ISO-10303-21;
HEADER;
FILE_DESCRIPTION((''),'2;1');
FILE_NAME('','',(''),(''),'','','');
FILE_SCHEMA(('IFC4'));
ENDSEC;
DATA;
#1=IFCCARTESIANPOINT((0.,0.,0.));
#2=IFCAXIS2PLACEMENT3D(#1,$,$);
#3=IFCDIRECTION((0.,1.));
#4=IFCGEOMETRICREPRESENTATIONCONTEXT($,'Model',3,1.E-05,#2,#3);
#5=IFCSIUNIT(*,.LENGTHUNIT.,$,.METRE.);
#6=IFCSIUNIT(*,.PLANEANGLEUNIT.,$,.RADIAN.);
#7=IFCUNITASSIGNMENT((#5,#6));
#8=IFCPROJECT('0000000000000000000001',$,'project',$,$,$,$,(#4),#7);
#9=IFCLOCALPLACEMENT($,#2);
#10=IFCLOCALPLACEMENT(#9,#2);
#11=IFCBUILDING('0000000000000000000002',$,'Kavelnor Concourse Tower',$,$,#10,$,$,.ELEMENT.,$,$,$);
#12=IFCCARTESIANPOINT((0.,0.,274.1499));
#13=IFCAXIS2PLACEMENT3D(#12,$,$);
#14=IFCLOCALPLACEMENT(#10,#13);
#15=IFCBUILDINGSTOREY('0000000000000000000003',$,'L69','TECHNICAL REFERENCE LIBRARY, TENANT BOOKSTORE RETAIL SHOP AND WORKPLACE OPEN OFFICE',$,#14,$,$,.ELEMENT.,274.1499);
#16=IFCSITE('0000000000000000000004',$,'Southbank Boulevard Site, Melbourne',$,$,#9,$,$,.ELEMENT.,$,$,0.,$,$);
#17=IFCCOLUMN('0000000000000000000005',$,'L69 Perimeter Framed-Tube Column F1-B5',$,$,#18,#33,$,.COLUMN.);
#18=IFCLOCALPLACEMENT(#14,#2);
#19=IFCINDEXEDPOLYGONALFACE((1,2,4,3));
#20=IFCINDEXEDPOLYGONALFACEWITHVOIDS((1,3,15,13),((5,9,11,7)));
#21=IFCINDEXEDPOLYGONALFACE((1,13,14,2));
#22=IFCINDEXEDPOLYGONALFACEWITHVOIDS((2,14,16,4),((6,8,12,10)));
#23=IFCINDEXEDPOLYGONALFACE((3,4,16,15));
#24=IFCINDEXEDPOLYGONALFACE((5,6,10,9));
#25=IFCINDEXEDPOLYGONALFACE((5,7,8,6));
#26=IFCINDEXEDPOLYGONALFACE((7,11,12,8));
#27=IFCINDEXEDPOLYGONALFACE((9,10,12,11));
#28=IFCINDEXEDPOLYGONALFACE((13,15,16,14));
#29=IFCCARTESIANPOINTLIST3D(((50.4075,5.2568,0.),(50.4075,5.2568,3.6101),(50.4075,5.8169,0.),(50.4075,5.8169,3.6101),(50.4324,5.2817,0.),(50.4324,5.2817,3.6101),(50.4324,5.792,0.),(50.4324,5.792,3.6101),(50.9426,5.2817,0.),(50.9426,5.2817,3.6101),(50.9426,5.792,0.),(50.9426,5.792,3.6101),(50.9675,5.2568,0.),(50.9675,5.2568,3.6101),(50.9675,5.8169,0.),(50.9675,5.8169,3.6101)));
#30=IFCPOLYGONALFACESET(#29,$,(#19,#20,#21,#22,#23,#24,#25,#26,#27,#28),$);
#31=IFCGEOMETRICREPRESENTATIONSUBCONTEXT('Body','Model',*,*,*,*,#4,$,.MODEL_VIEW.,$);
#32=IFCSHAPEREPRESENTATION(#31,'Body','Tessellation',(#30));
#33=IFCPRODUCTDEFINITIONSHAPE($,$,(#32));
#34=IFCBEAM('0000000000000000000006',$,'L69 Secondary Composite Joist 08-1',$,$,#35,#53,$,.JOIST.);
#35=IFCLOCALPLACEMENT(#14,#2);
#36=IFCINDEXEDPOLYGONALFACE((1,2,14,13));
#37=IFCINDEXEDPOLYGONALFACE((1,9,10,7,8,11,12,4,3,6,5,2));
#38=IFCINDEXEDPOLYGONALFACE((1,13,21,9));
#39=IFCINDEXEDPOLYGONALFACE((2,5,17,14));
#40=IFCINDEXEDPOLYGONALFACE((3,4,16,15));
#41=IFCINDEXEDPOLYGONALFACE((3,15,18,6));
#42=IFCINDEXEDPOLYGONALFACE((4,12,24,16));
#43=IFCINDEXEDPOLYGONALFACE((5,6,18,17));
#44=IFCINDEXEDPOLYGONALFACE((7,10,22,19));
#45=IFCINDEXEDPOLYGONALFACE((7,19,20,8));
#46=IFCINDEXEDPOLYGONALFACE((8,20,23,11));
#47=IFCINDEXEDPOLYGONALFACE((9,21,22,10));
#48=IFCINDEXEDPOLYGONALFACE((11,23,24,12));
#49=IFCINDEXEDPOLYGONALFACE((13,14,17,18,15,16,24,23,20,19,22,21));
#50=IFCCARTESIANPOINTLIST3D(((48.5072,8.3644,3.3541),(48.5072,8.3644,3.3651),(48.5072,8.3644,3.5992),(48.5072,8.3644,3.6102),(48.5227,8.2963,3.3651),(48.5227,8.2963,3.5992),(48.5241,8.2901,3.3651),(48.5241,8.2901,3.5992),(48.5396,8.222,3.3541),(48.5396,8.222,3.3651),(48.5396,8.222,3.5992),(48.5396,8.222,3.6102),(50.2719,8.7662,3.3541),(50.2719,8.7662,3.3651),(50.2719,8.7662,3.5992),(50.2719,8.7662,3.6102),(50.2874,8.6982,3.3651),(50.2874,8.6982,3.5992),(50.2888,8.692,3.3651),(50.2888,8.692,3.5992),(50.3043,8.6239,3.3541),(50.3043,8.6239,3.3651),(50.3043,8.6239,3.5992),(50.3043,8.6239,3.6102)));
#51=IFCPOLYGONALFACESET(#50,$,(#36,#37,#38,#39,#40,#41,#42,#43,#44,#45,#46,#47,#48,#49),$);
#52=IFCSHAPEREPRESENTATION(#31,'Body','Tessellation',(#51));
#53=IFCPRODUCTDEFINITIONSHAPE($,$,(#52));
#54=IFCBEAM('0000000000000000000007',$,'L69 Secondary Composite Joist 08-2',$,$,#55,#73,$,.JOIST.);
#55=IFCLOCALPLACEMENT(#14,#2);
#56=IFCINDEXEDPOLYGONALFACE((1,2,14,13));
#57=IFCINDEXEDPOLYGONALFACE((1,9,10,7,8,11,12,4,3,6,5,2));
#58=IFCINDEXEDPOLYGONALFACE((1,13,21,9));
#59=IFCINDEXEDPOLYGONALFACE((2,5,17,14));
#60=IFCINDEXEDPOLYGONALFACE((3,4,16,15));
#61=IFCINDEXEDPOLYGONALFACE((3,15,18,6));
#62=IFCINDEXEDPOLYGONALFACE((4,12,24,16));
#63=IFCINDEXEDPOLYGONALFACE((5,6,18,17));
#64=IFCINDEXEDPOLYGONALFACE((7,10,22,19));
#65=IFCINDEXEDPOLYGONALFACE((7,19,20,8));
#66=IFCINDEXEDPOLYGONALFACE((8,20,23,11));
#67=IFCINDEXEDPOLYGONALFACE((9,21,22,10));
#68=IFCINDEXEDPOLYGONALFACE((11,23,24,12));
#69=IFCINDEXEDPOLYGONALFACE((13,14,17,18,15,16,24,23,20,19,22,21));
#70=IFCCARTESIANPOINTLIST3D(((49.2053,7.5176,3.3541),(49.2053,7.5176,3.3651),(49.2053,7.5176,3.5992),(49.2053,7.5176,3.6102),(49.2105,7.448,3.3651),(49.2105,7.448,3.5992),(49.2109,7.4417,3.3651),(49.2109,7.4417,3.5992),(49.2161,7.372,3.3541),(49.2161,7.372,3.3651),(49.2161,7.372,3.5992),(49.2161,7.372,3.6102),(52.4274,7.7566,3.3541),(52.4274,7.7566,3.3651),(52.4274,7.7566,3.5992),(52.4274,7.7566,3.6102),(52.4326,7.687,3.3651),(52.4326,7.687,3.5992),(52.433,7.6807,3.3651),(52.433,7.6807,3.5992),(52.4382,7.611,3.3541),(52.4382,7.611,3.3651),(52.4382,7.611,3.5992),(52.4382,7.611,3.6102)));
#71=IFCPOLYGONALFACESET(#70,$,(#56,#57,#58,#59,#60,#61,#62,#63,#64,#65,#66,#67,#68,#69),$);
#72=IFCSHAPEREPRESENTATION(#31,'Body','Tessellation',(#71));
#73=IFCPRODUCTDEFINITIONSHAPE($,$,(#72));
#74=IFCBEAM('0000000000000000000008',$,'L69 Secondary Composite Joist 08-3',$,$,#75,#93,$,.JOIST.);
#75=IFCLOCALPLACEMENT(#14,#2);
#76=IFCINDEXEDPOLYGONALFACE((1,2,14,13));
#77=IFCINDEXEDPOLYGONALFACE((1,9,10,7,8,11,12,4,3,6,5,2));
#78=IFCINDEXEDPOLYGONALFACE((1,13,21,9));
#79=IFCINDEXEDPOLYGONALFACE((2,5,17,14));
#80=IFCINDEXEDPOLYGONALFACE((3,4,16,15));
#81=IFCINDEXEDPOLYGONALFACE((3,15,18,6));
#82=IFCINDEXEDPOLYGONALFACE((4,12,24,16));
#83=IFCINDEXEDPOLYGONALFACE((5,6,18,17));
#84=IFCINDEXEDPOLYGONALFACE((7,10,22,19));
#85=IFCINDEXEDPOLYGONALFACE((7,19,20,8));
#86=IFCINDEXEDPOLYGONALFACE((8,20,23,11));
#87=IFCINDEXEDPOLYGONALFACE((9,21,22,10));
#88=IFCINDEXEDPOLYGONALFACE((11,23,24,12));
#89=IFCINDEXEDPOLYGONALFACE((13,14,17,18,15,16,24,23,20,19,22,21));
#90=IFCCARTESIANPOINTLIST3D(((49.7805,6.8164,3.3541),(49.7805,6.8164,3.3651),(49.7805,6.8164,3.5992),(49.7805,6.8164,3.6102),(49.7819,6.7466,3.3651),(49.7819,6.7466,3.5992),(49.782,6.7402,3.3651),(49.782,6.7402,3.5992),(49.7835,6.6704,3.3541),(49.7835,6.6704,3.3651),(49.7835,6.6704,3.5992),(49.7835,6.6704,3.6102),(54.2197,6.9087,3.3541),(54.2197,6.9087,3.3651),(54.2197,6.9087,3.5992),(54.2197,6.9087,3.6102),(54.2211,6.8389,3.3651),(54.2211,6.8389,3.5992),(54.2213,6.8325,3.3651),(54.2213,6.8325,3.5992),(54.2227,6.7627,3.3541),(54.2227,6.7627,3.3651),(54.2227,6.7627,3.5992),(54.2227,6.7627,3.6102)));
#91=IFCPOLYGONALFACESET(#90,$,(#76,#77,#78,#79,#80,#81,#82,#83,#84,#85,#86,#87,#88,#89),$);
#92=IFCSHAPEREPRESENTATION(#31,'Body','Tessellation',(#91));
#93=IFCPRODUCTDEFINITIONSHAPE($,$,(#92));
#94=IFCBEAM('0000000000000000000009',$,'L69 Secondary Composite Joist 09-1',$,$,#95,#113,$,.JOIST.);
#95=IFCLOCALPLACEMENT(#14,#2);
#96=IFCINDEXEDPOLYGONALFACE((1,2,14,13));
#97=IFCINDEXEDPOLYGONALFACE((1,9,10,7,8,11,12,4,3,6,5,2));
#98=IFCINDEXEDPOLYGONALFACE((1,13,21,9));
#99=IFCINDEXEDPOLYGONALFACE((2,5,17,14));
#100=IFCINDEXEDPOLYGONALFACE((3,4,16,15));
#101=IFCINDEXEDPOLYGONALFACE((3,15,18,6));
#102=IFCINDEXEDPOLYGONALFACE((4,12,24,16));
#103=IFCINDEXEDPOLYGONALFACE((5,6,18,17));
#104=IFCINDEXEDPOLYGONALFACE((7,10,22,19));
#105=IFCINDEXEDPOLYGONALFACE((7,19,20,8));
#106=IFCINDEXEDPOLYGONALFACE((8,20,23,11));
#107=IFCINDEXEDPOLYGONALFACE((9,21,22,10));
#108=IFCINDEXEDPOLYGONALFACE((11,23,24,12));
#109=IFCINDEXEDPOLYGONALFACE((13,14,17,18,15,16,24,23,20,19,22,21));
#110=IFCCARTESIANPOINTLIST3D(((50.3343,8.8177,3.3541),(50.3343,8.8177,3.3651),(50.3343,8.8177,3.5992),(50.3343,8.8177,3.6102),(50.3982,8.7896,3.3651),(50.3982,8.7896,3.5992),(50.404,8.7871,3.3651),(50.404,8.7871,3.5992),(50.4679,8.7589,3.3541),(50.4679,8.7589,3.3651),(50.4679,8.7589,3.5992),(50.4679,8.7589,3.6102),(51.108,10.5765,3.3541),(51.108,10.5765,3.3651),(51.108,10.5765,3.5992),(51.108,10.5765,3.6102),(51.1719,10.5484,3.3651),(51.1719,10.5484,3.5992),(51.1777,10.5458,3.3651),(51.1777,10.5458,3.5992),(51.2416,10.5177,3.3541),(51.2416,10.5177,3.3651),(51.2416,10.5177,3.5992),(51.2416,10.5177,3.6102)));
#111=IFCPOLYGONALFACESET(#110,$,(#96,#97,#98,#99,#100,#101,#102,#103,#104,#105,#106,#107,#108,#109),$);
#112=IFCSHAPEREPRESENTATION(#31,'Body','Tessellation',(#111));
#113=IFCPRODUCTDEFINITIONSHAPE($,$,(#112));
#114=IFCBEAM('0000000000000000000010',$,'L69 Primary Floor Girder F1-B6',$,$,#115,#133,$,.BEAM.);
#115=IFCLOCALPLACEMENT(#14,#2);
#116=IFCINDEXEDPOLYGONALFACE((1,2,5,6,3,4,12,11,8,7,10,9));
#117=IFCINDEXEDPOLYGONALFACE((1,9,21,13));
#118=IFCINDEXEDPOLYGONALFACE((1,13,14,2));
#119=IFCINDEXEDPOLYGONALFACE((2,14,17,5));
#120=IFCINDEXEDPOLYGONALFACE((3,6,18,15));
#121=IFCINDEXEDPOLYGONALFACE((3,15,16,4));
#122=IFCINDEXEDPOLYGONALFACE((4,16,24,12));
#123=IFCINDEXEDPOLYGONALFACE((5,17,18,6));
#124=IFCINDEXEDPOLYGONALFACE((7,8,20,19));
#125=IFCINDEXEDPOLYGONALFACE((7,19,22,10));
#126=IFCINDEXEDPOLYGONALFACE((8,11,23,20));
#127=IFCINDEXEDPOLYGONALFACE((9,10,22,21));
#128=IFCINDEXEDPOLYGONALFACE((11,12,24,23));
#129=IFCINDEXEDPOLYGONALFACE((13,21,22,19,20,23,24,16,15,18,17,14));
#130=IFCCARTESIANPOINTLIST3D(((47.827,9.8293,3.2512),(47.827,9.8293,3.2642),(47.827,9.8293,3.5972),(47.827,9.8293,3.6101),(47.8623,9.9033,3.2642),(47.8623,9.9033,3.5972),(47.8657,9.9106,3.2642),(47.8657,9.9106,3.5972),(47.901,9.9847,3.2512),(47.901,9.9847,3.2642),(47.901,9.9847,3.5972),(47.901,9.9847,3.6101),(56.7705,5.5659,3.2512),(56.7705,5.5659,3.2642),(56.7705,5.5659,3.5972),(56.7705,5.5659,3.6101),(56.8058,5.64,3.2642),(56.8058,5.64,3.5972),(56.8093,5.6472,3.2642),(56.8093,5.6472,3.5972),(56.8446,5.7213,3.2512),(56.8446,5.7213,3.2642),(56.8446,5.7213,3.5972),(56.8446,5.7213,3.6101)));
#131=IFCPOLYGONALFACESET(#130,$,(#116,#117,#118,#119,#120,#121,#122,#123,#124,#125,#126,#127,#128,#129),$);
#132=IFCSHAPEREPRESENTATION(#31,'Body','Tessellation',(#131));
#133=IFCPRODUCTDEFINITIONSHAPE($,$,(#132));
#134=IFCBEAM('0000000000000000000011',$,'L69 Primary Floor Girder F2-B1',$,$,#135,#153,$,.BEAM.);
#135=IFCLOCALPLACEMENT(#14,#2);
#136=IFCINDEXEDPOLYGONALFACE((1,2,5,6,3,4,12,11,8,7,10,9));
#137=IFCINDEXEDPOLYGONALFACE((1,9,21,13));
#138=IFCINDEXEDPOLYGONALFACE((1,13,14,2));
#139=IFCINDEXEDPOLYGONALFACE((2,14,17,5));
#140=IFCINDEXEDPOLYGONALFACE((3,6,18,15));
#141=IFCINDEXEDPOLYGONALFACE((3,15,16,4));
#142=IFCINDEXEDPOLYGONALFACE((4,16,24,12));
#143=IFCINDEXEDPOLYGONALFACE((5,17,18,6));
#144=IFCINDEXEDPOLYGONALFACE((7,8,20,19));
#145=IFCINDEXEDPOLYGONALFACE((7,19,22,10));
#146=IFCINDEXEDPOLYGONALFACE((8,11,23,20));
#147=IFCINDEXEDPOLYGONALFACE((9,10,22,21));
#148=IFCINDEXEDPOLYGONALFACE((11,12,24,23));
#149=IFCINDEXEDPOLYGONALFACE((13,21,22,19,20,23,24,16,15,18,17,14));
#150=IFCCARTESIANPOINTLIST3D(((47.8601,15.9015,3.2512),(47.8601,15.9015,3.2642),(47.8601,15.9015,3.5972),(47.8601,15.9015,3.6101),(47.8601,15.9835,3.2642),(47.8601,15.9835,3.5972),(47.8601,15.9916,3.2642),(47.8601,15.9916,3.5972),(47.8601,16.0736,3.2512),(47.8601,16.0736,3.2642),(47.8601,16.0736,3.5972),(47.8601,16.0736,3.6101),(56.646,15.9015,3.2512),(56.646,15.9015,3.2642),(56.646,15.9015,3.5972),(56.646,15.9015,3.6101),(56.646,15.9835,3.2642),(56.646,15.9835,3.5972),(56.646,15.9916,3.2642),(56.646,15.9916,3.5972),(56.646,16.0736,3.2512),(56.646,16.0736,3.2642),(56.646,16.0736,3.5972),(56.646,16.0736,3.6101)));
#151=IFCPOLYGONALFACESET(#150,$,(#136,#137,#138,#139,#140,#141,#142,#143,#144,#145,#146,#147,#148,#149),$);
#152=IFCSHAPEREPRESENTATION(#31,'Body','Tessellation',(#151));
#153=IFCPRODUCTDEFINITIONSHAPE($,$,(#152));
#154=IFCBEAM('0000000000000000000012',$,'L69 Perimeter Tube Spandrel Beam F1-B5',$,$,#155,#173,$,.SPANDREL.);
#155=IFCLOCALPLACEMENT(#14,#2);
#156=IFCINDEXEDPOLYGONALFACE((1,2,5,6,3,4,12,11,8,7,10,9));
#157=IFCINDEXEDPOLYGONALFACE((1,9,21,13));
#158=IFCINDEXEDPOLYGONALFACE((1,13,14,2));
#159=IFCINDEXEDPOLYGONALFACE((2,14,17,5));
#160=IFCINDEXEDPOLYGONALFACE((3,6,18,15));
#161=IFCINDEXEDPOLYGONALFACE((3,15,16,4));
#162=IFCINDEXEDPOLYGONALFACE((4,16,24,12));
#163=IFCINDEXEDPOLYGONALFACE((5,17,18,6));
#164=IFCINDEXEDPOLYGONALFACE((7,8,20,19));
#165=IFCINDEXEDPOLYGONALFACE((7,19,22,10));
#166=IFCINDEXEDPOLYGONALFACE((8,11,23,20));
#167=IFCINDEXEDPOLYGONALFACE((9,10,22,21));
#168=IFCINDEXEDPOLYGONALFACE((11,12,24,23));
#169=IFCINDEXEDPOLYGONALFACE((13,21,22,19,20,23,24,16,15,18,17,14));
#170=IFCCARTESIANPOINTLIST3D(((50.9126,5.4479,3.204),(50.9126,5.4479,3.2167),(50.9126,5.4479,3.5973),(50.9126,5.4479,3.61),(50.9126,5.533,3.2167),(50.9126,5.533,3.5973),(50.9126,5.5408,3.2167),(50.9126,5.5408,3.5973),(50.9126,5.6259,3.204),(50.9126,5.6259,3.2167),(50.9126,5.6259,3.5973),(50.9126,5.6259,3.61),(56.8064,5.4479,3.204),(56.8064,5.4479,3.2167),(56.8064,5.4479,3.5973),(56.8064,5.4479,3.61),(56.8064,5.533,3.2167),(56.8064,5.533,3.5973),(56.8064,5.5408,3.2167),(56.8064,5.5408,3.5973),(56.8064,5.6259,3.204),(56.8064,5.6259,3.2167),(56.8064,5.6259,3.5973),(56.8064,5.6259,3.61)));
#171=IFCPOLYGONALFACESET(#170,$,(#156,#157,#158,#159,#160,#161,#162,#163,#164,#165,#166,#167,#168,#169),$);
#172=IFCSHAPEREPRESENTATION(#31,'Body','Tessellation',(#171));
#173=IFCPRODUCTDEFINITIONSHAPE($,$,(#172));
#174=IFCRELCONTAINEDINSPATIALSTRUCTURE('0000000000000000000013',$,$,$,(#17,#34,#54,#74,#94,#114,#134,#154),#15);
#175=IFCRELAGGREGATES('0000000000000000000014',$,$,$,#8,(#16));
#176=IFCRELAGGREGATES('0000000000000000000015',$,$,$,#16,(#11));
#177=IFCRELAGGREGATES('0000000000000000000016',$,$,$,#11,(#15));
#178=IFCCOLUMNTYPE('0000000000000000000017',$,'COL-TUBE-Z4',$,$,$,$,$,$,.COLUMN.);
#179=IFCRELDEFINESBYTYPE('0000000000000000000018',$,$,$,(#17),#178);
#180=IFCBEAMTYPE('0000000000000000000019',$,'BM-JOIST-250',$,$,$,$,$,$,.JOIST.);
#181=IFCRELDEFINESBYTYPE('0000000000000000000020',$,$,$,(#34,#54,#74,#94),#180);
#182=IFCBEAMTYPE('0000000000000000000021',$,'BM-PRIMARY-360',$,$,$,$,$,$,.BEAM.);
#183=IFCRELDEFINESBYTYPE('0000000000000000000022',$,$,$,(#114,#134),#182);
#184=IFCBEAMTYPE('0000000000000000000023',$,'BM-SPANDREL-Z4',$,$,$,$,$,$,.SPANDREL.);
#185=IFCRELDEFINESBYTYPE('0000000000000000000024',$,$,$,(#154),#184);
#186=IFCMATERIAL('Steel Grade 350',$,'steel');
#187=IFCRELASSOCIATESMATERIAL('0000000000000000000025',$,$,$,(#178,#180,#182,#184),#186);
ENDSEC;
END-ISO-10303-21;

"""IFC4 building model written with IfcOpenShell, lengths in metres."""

from ifc_helpers import new_model, si_unit, direction, frame, origin, origin_2d, place, context, subcontext, project, spatial, hollow_rectangle, i_section, extrude, material, material_profile, profile_set, type_object, element, save


model = new_model("IFC4")

# Units and contexts
model_context = context("Model", 3, precision=1e-05, world=origin(), true_north=direction((0.0, 1.0)))
body_context = subcontext(model_context, "Body", "Model", "MODEL_VIEW")
ifc_project = project(units=[si_unit("LENGTHUNIT", "METRE"), si_unit("PLANEANGLEUNIT", "RADIAN")], contexts=[model_context])

# Site, building, storey
site_placement = place(None, origin())
site = spatial("IfcSite", under=ifc_project, at=site_placement, Name="Southbank Boulevard Site, Melbourne", CompositionType="ELEMENT", RefElevation=0.0)
building_placement = place(site_placement, origin())
building = spatial("IfcBuilding", under=site, at=building_placement, Name="Kavelnor Concourse Tower", CompositionType="ELEMENT")
storey_placement = place(building_placement, frame((0.0, 0.0, 274.1499)))
storey = spatial("IfcBuildingStorey", under=building, at=storey_placement, Name="L69", Description="TECHNICAL REFERENCE LIBRARY, TENANT BOOKSTORE RETAIL SHOP AND WORKPLACE OPEN OFFICE", CompositionType="ELEMENT", Elevation=274.1499)

# Column
ifc_material_1 = material(Name="Steel Grade 350", Category="steel")
ifc_material_profile_1 = material_profile(ifc_material_1, hollow_rectangle(XDim=0.5601, YDim=0.5601, WallThickness=0.0249, at=origin_2d()), Name="SHS 560x560x25")
ifc_profile_set_1 = profile_set([ifc_material_profile_1], Name="Steel Grade 350")
column_type = type_object("IfcColumnType", Name="COL-TUBE-Z4", PredefinedType="COLUMN", material=ifc_profile_set_1)
column_placement = place(storey_placement, frame((50.6875, 5.5369, 0.0), z_axis=(0.0, 0.0, 1.0), x_axis=(1.0, 0.0, 0.0)))
element("IfcColumn", 1, at=column_placement, inside=storey, type_object=column_type, Name="L69 Perimeter Framed-Tube Column F1-B5", PredefinedType="COLUMN", context=body_context, shape_type="SweptSolid", body=[
    extrude(hollow_rectangle(XDim=0.5601, YDim=0.5601, WallThickness=0.0249, at=origin_2d()), origin(), (0.0, 0.0, 1.0), 3.6101),
])

# Beams
ifc_material_profile_2 = material_profile(ifc_material_1, i_section(OverallWidth=0.146, OverallDepth=0.2561, WebThickness=0.0063, FlangeThickness=0.011, at=origin_2d()), Name="250UB37")
ifc_profile_set_2 = profile_set([ifc_material_profile_2], Name="Steel Grade 350")
beam_type_1 = type_object("IfcBeamType", Name="BM-JOIST-250", PredefinedType="JOIST", material=ifc_profile_set_2)
beam_1_placement = place(storey_placement, frame((48.5234, 8.2932, 3.4822), z_axis=(0.975037, 0.222041, 0.0), x_axis=(-0.222041, 0.975037, 0.0)))
element("IfcBeam", 2, at=beam_1_placement, inside=storey, type_object=beam_type_1, Name="L69 Secondary Composite Joist 08-1", PredefinedType="JOIST", context=body_context, shape_type="SweptSolid", body=[
    extrude(i_section(OverallWidth=0.146, OverallDepth=0.2561, WebThickness=0.0063, FlangeThickness=0.011, at=origin_2d()), origin(), (0.0, 0.0, 1.0), 1.8098),
])
beam_2_placement = place(storey_placement, frame((49.2107, 7.4448, 3.4822), z_axis=(0.99726, 0.073975, 0.0), x_axis=(-0.073975, 0.99726, 0.0)))
element("IfcBeam", 3, at=beam_2_placement, inside=storey, type_object=beam_type_1, Name="L69 Secondary Composite Joist 08-2", PredefinedType="JOIST", context=body_context, shape_type="SweptSolid", body=[
    extrude(i_section(OverallWidth=0.146, OverallDepth=0.2561, WebThickness=0.0063, FlangeThickness=0.011, at=origin_2d()), origin(), (0.0, 0.0, 1.0), 3.231),
])
beam_3_placement = place(storey_placement, frame((49.782, 6.7434, 3.4822), z_axis=(0.999784, 0.020784, 0.0), x_axis=(-0.020784, 0.999784, 0.0)))
element("IfcBeam", 4, at=beam_3_placement, inside=storey, type_object=beam_type_1, Name="L69 Secondary Composite Joist 08-3", PredefinedType="JOIST", context=body_context, shape_type="SweptSolid", body=[
    extrude(i_section(OverallWidth=0.146, OverallDepth=0.2561, WebThickness=0.0063, FlangeThickness=0.011, at=origin_2d()), origin(), (0.0, 0.0, 1.0), 4.4402),
])
beam_4_placement = place(storey_placement, frame((50.4011, 8.7883, 3.4822), z_axis=(0.402658, 0.915351, 0.0), x_axis=(-0.915351, 0.402658, 0.0)))
element("IfcBeam", 5, at=beam_4_placement, inside=storey, type_object=beam_type_1, Name="L69 Secondary Composite Joist 09-1", PredefinedType="JOIST", context=body_context, shape_type="SweptSolid", body=[
    extrude(i_section(OverallWidth=0.146, OverallDepth=0.2561, WebThickness=0.0063, FlangeThickness=0.011, at=origin_2d()), origin(), (0.0, 0.0, 1.0), 1.9214),
])
ifc_material_profile_3 = material_profile(ifc_material_1, i_section(OverallWidth=0.1721, OverallDepth=0.3589, WebThickness=0.0081, FlangeThickness=0.0129, at=origin_2d()), Name="360UB56")
ifc_profile_set_3 = profile_set([ifc_material_profile_3], Name="Steel Grade 350")
beam_type_2 = type_object("IfcBeamType", Name="BM-PRIMARY-360", PredefinedType="BEAM", material=ifc_profile_set_3)
beam_5_placement = place(storey_placement, frame((47.864, 9.907, 3.4307), z_axis=(0.902681, -0.430309, 0.0), x_axis=(0.430309, 0.902681, 0.0)))
element("IfcBeam", 6, at=beam_5_placement, inside=storey, type_object=beam_type_2, Name="L69 Primary Floor Girder F1-B6", PredefinedType="BEAM", context=body_context, shape_type="SweptSolid", body=[
    extrude(i_section(OverallWidth=0.1721, OverallDepth=0.3589, WebThickness=0.0081, FlangeThickness=0.0129, at=origin_2d()), origin(), (0.0, 0.0, 1.0), 9.9077),
])
beam_6_placement = place(storey_placement, frame((47.8601, 15.9875, 3.4307), z_axis=(1.0, 0.0, 0.0), x_axis=(0.0, 1.0, 0.0)))
element("IfcBeam", 7, at=beam_6_placement, inside=storey, type_object=beam_type_2, Name="L69 Primary Floor Girder F2-B1", PredefinedType="BEAM", context=body_context, shape_type="SweptSolid", body=[
    extrude(i_section(OverallWidth=0.1721, OverallDepth=0.3589, WebThickness=0.0081, FlangeThickness=0.0129, at=origin_2d()), origin(), (0.0, 0.0, 1.0), 8.7859),
])
ifc_material_profile_4 = material_profile(ifc_material_1, i_section(OverallWidth=0.178, OverallDepth=0.406, WebThickness=0.0078, FlangeThickness=0.0127, at=origin_2d()), Name="410UB59")
ifc_profile_set_4 = profile_set([ifc_material_profile_4], Name="Steel Grade 350")
beam_type_3 = type_object("IfcBeamType", Name="BM-SPANDREL-Z4", PredefinedType="SPANDREL", material=ifc_profile_set_4)
beam_7_placement = place(storey_placement, frame((50.9126, 5.5369, 3.407), z_axis=(1.0, 0.0, 0.0), x_axis=(0.0, 1.0, 0.0)))
element("IfcBeam", 8, at=beam_7_placement, inside=storey, type_object=beam_type_3, Name="L69 Perimeter Tube Spandrel Beam F1-B5", PredefinedType="SPANDREL", context=body_context, shape_type="SweptSolid", body=[
    extrude(i_section(OverallWidth=0.178, OverallDepth=0.406, WebThickness=0.0078, FlangeThickness=0.0127, at=origin_2d()), origin(), (0.0, 0.0, 1.0), 5.8938),
])

save(model, "model.ifc")
